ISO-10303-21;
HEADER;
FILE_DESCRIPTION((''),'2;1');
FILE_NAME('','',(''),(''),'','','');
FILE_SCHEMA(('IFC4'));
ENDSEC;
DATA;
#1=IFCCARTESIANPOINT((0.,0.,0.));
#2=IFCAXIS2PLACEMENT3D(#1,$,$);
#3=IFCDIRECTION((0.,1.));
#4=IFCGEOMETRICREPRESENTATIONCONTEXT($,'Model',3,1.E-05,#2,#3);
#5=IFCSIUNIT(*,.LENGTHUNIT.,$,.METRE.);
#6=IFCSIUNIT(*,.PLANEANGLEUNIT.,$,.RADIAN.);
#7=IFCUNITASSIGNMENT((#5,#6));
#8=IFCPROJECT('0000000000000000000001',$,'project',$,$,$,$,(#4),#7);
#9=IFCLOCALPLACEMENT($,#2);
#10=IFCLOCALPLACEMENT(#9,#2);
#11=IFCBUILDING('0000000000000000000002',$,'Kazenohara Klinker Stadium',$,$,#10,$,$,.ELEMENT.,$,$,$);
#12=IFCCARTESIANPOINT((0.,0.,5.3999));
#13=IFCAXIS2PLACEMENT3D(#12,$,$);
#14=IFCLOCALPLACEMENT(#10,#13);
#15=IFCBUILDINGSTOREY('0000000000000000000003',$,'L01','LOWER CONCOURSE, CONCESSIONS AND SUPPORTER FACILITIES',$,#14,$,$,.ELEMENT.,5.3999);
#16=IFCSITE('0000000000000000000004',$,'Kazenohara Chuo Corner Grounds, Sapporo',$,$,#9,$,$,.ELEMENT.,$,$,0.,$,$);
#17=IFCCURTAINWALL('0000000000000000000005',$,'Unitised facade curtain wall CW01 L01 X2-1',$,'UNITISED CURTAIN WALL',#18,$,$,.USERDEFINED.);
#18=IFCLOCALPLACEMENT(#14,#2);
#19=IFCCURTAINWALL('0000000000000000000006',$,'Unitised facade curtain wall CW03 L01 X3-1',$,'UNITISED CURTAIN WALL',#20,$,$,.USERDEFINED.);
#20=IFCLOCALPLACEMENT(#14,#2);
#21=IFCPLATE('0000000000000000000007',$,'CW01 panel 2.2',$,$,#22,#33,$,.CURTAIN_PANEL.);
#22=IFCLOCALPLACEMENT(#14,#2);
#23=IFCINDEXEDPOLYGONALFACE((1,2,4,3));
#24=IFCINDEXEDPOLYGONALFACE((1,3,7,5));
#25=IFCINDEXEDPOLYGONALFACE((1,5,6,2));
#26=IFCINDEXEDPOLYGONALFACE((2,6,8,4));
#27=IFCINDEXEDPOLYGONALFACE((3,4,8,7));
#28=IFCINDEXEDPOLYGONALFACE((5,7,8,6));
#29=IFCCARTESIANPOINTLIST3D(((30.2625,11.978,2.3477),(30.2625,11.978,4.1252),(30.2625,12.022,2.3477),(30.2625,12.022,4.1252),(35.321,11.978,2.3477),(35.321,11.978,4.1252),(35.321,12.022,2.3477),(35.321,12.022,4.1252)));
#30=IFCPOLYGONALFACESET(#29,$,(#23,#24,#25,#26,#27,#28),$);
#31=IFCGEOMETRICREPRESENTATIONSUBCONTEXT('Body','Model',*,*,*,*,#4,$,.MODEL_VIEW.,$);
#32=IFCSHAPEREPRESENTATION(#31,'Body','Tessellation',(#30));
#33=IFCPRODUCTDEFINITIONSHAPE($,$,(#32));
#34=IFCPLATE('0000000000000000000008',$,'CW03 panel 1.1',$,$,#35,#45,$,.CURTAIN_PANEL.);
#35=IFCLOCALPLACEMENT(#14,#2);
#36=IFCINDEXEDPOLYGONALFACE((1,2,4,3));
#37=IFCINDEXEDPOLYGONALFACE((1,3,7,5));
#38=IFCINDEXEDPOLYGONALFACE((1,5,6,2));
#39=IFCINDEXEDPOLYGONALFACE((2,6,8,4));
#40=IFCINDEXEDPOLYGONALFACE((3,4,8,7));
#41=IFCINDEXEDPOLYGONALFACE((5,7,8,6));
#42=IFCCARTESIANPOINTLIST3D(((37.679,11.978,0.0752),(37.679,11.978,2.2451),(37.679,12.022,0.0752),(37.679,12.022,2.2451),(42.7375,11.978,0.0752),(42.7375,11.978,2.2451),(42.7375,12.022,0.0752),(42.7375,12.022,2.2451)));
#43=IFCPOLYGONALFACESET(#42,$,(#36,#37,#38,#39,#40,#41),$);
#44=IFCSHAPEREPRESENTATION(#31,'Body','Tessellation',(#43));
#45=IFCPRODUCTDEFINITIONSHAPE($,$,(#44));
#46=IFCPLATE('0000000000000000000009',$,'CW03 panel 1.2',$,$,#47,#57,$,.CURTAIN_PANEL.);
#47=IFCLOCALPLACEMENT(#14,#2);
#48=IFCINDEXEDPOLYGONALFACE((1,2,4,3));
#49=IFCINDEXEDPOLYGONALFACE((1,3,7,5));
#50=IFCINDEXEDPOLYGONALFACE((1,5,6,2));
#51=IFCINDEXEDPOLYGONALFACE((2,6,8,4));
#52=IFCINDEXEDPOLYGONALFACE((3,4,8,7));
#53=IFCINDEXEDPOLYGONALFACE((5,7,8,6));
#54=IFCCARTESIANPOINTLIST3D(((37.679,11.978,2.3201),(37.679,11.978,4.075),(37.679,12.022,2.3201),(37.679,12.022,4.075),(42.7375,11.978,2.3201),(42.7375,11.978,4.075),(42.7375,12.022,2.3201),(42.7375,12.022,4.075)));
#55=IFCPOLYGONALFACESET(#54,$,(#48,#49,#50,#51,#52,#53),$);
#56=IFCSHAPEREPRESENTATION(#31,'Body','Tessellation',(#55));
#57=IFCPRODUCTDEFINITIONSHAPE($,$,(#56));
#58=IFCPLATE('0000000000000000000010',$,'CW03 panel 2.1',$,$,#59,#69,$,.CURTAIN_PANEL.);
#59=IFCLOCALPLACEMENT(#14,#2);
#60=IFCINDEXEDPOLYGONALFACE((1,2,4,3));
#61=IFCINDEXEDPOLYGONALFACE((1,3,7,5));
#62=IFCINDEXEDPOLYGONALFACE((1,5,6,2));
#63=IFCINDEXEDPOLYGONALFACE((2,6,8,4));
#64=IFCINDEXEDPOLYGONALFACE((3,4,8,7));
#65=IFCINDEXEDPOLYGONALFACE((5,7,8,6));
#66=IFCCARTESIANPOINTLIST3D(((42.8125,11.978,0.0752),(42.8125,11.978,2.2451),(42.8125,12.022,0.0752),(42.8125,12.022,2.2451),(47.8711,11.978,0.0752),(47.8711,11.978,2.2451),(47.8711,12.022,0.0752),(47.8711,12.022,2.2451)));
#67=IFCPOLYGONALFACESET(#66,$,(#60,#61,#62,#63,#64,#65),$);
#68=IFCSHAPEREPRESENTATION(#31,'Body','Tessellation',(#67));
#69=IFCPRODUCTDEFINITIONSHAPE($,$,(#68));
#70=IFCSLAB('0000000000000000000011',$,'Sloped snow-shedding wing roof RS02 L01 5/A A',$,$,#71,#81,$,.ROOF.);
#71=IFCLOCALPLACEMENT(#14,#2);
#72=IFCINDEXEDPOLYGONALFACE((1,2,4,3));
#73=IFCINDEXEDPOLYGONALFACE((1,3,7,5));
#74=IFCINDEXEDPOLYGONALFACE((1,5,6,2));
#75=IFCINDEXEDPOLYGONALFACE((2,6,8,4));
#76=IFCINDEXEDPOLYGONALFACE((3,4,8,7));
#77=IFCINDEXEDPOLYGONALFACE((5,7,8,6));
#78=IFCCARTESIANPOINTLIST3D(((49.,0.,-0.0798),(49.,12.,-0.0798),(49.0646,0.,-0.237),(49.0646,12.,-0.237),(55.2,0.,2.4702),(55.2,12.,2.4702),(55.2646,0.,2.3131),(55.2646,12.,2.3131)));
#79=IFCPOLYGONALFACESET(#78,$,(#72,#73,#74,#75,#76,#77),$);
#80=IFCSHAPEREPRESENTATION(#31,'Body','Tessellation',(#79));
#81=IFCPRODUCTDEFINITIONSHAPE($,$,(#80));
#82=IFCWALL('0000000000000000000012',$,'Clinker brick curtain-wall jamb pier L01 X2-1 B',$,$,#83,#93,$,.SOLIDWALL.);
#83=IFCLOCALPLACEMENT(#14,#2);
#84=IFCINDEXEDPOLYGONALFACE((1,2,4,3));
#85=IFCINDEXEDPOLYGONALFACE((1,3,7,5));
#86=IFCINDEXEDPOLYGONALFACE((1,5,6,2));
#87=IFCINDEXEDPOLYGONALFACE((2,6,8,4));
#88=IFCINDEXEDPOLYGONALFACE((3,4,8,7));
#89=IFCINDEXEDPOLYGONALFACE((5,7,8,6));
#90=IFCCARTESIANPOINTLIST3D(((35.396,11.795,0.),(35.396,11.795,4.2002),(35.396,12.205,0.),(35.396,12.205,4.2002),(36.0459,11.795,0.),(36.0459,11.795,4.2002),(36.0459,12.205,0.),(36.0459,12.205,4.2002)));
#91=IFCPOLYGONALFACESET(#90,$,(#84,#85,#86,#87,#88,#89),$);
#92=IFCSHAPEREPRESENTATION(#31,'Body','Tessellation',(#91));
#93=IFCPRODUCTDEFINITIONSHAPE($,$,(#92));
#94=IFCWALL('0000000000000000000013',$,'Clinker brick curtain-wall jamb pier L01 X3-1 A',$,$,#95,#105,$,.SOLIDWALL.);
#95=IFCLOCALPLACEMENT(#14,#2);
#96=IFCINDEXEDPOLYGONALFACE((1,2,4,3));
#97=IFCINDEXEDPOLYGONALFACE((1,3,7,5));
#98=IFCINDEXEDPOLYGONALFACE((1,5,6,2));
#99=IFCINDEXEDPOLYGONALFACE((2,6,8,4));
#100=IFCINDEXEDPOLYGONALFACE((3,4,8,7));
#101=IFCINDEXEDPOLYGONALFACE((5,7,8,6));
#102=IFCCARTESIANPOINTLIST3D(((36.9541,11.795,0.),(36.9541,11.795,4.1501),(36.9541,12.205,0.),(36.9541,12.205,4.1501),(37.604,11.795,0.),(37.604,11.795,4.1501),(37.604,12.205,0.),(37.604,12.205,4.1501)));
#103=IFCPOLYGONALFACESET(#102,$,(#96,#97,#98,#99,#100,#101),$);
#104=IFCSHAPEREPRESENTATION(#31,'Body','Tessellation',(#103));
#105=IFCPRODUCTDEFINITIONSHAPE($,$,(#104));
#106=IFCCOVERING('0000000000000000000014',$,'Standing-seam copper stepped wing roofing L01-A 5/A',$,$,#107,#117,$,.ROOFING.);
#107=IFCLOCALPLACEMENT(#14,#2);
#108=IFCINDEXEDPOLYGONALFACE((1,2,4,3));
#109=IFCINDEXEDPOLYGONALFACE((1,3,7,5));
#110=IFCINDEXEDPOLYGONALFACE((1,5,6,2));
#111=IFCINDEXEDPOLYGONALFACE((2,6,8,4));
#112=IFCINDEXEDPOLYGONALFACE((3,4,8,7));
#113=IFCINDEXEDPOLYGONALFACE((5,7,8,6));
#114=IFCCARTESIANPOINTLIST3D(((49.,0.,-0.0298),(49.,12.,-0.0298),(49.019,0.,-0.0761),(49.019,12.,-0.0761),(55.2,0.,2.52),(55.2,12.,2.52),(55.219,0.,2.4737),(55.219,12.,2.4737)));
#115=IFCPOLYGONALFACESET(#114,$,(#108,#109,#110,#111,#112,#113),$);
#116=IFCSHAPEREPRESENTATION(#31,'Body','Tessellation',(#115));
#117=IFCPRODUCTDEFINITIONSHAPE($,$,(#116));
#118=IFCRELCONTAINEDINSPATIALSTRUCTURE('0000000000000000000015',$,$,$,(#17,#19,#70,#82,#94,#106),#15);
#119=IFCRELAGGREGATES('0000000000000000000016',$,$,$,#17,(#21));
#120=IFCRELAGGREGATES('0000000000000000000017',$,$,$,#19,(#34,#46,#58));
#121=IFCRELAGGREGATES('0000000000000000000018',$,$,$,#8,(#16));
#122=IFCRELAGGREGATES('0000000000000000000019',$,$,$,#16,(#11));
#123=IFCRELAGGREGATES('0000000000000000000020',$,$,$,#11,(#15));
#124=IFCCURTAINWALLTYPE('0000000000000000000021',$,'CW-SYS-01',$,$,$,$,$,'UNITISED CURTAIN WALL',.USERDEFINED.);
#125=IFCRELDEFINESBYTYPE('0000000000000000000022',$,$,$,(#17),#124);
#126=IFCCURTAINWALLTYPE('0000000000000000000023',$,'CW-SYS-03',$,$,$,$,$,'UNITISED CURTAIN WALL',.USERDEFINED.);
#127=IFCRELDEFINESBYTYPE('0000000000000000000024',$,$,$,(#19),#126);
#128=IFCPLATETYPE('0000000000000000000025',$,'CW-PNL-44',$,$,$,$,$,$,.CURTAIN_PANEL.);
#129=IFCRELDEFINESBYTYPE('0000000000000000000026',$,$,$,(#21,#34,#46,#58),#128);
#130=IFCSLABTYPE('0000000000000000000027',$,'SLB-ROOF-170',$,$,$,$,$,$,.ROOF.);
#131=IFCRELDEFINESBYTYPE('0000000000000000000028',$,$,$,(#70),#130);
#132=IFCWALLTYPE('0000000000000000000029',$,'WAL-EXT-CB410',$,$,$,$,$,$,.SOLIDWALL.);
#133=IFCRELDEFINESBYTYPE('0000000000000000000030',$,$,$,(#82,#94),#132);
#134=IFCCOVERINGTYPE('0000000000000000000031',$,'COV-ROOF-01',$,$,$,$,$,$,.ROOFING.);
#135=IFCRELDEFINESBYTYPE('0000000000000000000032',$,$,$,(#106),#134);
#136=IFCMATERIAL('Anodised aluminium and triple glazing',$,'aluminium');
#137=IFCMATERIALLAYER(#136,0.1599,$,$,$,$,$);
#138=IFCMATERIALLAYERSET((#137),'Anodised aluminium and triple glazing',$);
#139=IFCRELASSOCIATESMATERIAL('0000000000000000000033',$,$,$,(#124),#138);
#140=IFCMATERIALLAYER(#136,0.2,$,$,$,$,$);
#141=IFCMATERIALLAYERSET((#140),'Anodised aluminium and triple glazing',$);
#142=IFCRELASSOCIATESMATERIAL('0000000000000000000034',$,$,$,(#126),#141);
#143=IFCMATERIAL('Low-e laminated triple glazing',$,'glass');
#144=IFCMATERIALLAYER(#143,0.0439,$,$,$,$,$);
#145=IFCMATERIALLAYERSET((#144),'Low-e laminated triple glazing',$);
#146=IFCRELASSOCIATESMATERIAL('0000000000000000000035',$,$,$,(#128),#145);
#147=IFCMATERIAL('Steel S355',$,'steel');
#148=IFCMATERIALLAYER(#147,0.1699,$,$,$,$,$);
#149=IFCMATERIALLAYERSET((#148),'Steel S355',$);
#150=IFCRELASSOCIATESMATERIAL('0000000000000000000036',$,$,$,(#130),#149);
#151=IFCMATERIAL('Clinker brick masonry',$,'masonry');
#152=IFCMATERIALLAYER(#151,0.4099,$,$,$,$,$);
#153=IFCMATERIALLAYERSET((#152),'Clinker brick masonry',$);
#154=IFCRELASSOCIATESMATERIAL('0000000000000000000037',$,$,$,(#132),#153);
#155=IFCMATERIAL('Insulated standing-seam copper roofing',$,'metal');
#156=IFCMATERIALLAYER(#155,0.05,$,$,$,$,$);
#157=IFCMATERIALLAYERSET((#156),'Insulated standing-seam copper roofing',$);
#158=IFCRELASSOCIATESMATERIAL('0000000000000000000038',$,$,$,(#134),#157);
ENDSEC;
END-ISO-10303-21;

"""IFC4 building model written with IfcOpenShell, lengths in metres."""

from ifc_helpers import new_model, si_unit, direction, frame, frame_2d, origin, origin_2d, place, context, subcontext, project, spatial, polyline, rectangle, outline, extrude, material, layer, layer_set, type_object, element, aggregate, save


model = new_model("IFC4")

# Units and contexts
model_context = context("Model", 3, precision=1e-05, world=origin(), true_north=direction((0.0, 1.0)))
body_context = subcontext(model_context, "Body", "Model", "MODEL_VIEW")
ifc_project = project(units=[si_unit("LENGTHUNIT", "METRE"), si_unit("PLANEANGLEUNIT", "RADIAN")], contexts=[model_context])

# Site, building, storey
site_placement = place(None, origin())
site = spatial("IfcSite", under=ifc_project, at=site_placement, Name="Kazenohara Chuo Corner Grounds, Sapporo", CompositionType="ELEMENT", RefElevation=0.0)
building_placement = place(site_placement, origin())
building = spatial("IfcBuilding", under=site, at=building_placement, Name="Kazenohara Klinker Stadium", CompositionType="ELEMENT")
storey_placement = place(building_placement, frame((0.0, 0.0, 5.3999)))
storey = spatial("IfcBuildingStorey", under=building, at=storey_placement, Name="L01", Description="LOWER CONCOURSE, CONCESSIONS AND SUPPORTER FACILITIES", CompositionType="ELEMENT", Elevation=5.3999)

# Shared definitions
ifc_material_1 = material(Name="Steel S355", Category="steel")

# Curtain wall
ifc_material_2 = material(Name="Anodised aluminium and triple glazing", Category="aluminium")
ifc_layer_1 = layer(ifc_material_2, 0.1599)
ifc_layer_set_1 = layer_set([ifc_layer_1], Name="Anodised aluminium and triple glazing")
curtain_wall_type_1 = type_object("IfcCurtainWallType", Name="CW-SYS-01", ElementType="UNITISED CURTAIN WALL", PredefinedType="USERDEFINED", material=ifc_layer_set_1)
curtain_wall_1_placement = place(storey_placement, origin())
curtain_wall_1 = element("IfcCurtainWall", 1, at=curtain_wall_1_placement, inside=storey, type_object=curtain_wall_type_1, Name="Unitised facade curtain wall CW01 L01 X2-1", ObjectType="UNITISED CURTAIN WALL", PredefinedType="USERDEFINED")

# Curtain wall
ifc_layer_2 = layer(ifc_material_2, 0.2)
ifc_layer_set_2 = layer_set([ifc_layer_2], Name="Anodised aluminium and triple glazing")
curtain_wall_type_2 = type_object("IfcCurtainWallType", Name="CW-SYS-03", ElementType="UNITISED CURTAIN WALL", PredefinedType="USERDEFINED", material=ifc_layer_set_2)
curtain_wall_2_placement = place(storey_placement, origin())
curtain_wall_2 = element("IfcCurtainWall", 2, at=curtain_wall_2_placement, inside=storey, type_object=curtain_wall_type_2, Name="Unitised facade curtain wall CW03 L01 X3-1", ObjectType="UNITISED CURTAIN WALL", PredefinedType="USERDEFINED")

# Plates
ifc_material_3 = material(Name="Low-e laminated triple glazing", Category="glass")
ifc_layer_3 = layer(ifc_material_3, 0.0439)
ifc_layer_set_3 = layer_set([ifc_layer_3], Name="Low-e laminated triple glazing")
plate_type = type_object("IfcPlateType", Name="CW-PNL-44", PredefinedType="CURTAIN_PANEL", material=ifc_layer_set_3)
plate_1_placement = place(storey_placement, frame((32.7917, 12.0, 2.3477), z_axis=(0.0, 0.0, 1.0), x_axis=(1.0, 0.0, 0.0)))
plate_1 = element("IfcPlate", 3, at=plate_1_placement, type_object=plate_type, Name="CW01 panel 2.2", PredefinedType="CURTAIN_PANEL", context=body_context, shape_type="SweptSolid", body=[
    extrude(rectangle(XDim=5.0586, YDim=0.0439, at=origin_2d()), origin(), (0.0, 0.0, 1.0), 1.7776),
])
aggregate(curtain_wall_1, [plate_1])
plate_2_placement = place(storey_placement, frame((40.2083, 12.0, 0.0752), z_axis=(0.0, 0.0, 1.0), x_axis=(1.0, 0.0, 0.0)))
plate_2 = element("IfcPlate", 4, at=plate_2_placement, type_object=plate_type, Name="CW03 panel 1.1", PredefinedType="CURTAIN_PANEL", context=body_context, shape_type="SweptSolid", body=[
    extrude(rectangle(XDim=5.0586, YDim=0.0439, at=origin_2d()), origin(), (0.0, 0.0, 1.0), 2.1699),
])
plate_3_placement = place(storey_placement, frame((40.2083, 12.0, 2.3201), z_axis=(0.0, 0.0, 1.0), x_axis=(1.0, 0.0, 0.0)))
plate_3 = element("IfcPlate", 5, at=plate_3_placement, type_object=plate_type, Name="CW03 panel 1.2", PredefinedType="CURTAIN_PANEL", context=body_context, shape_type="SweptSolid", body=[
    extrude(rectangle(XDim=5.0586, YDim=0.0439, at=origin_2d()), origin(), (0.0, 0.0, 1.0), 1.7549),
])
plate_4_placement = place(storey_placement, frame((45.3418, 12.0, 0.0752), z_axis=(0.0, 0.0, 1.0), x_axis=(1.0, 0.0, 0.0)))
plate_4 = element("IfcPlate", 6, at=plate_4_placement, type_object=plate_type, Name="CW03 panel 2.1", PredefinedType="CURTAIN_PANEL", context=body_context, shape_type="SweptSolid", body=[
    extrude(rectangle(XDim=5.0586, YDim=0.0439, at=origin_2d()), origin(), (0.0, 0.0, 1.0), 2.1699),
])
aggregate(curtain_wall_2, [plate_2, plate_3, plate_4])

# Slab
ifc_layer_4 = layer(ifc_material_1, 0.1699)
ifc_layer_set_4 = layer_set([ifc_layer_4], Name="Steel S355")
slab_type = type_object("IfcSlabType", Name="SLB-ROOF-170", PredefinedType="ROOF", material=ifc_layer_set_4)
slab_placement = place(storey_placement, frame((49.0, 0.0, -0.0798), z_axis=(-0.380383, 0.0, 0.924829), x_axis=(0.924829, 0.0, 0.380383)))
element("IfcSlab", 7, at=slab_placement, inside=storey, type_object=slab_type, Name="Sloped snow-shedding wing roof RS02 L01 5/A A", PredefinedType="ROOF", context=body_context, shape_type="SweptSolid", body=[
    extrude(outline(polyline([(0.0, 0.0), (6.7039, 0.0), (6.7039, 12.0), (0.0, 12.0), (0.0, 0.0)])), origin(), (0.0, 0.0, -1.0), 0.1699),
])

# Walls
ifc_material_4 = material(Name="Clinker brick masonry", Category="masonry")
ifc_layer_5 = layer(ifc_material_4, 0.4099)
ifc_layer_set_5 = layer_set([ifc_layer_5], Name="Clinker brick masonry")
wall_type = type_object("IfcWallType", Name="WAL-EXT-CB410", PredefinedType="SOLIDWALL", material=ifc_layer_set_5)
wall_1_placement = place(storey_placement, frame((35.396, 12.0, 0.0), z_axis=(0.0, 0.0, 1.0), x_axis=(1.0, 0.0, 0.0)))
element("IfcWall", 8, at=wall_1_placement, inside=storey, type_object=wall_type, Name="Clinker brick curtain-wall jamb pier L01 X2-1 B", PredefinedType="SOLIDWALL", context=body_context, shape_type="SweptSolid", body=[
    extrude(rectangle(XDim=0.6499, YDim=0.4099, at=frame_2d((0.325, 0.0))), origin(), (0.0, 0.0, 1.0), 4.2002),
])
wall_2_placement = place(storey_placement, frame((36.9541, 12.0, 0.0), z_axis=(0.0, 0.0, 1.0), x_axis=(1.0, 0.0, 0.0)))
element("IfcWall", 9, at=wall_2_placement, inside=storey, type_object=wall_type, Name="Clinker brick curtain-wall jamb pier L01 X3-1 A", PredefinedType="SOLIDWALL", context=body_context, shape_type="SweptSolid", body=[
    extrude(rectangle(XDim=0.6499, YDim=0.4099, at=frame_2d((0.325, 0.0))), origin(), (0.0, 0.0, 1.0), 4.1501),
])

# Covering
ifc_material_5 = material(Name="Insulated standing-seam copper roofing", Category="metal")
ifc_layer_6 = layer(ifc_material_5, 0.05)
ifc_layer_set_6 = layer_set([ifc_layer_6], Name="Insulated standing-seam copper roofing")
covering_type = type_object("IfcCoveringType", Name="COV-ROOF-01", PredefinedType="ROOFING", material=ifc_layer_set_6)
covering_placement = place(storey_placement, frame((49.0, 0.0, -0.0298), z_axis=(-0.380352, 0.0, 0.924842), x_axis=(0.924842, 0.0, 0.380352)))
element("IfcCovering", 10, at=covering_placement, inside=storey, type_object=covering_type, Name="Standing-seam copper stepped wing roofing L01-A 5/A", PredefinedType="ROOFING", context=body_context, shape_type="SweptSolid", body=[
    extrude(outline(polyline([(0.0, 0.0), (6.7038, 0.0), (6.7038, 12.0), (0.0, 12.0), (0.0, 0.0)])), origin(), (0.0, 0.0, -1.0), 0.05),
])

save(model, "model.ifc")
